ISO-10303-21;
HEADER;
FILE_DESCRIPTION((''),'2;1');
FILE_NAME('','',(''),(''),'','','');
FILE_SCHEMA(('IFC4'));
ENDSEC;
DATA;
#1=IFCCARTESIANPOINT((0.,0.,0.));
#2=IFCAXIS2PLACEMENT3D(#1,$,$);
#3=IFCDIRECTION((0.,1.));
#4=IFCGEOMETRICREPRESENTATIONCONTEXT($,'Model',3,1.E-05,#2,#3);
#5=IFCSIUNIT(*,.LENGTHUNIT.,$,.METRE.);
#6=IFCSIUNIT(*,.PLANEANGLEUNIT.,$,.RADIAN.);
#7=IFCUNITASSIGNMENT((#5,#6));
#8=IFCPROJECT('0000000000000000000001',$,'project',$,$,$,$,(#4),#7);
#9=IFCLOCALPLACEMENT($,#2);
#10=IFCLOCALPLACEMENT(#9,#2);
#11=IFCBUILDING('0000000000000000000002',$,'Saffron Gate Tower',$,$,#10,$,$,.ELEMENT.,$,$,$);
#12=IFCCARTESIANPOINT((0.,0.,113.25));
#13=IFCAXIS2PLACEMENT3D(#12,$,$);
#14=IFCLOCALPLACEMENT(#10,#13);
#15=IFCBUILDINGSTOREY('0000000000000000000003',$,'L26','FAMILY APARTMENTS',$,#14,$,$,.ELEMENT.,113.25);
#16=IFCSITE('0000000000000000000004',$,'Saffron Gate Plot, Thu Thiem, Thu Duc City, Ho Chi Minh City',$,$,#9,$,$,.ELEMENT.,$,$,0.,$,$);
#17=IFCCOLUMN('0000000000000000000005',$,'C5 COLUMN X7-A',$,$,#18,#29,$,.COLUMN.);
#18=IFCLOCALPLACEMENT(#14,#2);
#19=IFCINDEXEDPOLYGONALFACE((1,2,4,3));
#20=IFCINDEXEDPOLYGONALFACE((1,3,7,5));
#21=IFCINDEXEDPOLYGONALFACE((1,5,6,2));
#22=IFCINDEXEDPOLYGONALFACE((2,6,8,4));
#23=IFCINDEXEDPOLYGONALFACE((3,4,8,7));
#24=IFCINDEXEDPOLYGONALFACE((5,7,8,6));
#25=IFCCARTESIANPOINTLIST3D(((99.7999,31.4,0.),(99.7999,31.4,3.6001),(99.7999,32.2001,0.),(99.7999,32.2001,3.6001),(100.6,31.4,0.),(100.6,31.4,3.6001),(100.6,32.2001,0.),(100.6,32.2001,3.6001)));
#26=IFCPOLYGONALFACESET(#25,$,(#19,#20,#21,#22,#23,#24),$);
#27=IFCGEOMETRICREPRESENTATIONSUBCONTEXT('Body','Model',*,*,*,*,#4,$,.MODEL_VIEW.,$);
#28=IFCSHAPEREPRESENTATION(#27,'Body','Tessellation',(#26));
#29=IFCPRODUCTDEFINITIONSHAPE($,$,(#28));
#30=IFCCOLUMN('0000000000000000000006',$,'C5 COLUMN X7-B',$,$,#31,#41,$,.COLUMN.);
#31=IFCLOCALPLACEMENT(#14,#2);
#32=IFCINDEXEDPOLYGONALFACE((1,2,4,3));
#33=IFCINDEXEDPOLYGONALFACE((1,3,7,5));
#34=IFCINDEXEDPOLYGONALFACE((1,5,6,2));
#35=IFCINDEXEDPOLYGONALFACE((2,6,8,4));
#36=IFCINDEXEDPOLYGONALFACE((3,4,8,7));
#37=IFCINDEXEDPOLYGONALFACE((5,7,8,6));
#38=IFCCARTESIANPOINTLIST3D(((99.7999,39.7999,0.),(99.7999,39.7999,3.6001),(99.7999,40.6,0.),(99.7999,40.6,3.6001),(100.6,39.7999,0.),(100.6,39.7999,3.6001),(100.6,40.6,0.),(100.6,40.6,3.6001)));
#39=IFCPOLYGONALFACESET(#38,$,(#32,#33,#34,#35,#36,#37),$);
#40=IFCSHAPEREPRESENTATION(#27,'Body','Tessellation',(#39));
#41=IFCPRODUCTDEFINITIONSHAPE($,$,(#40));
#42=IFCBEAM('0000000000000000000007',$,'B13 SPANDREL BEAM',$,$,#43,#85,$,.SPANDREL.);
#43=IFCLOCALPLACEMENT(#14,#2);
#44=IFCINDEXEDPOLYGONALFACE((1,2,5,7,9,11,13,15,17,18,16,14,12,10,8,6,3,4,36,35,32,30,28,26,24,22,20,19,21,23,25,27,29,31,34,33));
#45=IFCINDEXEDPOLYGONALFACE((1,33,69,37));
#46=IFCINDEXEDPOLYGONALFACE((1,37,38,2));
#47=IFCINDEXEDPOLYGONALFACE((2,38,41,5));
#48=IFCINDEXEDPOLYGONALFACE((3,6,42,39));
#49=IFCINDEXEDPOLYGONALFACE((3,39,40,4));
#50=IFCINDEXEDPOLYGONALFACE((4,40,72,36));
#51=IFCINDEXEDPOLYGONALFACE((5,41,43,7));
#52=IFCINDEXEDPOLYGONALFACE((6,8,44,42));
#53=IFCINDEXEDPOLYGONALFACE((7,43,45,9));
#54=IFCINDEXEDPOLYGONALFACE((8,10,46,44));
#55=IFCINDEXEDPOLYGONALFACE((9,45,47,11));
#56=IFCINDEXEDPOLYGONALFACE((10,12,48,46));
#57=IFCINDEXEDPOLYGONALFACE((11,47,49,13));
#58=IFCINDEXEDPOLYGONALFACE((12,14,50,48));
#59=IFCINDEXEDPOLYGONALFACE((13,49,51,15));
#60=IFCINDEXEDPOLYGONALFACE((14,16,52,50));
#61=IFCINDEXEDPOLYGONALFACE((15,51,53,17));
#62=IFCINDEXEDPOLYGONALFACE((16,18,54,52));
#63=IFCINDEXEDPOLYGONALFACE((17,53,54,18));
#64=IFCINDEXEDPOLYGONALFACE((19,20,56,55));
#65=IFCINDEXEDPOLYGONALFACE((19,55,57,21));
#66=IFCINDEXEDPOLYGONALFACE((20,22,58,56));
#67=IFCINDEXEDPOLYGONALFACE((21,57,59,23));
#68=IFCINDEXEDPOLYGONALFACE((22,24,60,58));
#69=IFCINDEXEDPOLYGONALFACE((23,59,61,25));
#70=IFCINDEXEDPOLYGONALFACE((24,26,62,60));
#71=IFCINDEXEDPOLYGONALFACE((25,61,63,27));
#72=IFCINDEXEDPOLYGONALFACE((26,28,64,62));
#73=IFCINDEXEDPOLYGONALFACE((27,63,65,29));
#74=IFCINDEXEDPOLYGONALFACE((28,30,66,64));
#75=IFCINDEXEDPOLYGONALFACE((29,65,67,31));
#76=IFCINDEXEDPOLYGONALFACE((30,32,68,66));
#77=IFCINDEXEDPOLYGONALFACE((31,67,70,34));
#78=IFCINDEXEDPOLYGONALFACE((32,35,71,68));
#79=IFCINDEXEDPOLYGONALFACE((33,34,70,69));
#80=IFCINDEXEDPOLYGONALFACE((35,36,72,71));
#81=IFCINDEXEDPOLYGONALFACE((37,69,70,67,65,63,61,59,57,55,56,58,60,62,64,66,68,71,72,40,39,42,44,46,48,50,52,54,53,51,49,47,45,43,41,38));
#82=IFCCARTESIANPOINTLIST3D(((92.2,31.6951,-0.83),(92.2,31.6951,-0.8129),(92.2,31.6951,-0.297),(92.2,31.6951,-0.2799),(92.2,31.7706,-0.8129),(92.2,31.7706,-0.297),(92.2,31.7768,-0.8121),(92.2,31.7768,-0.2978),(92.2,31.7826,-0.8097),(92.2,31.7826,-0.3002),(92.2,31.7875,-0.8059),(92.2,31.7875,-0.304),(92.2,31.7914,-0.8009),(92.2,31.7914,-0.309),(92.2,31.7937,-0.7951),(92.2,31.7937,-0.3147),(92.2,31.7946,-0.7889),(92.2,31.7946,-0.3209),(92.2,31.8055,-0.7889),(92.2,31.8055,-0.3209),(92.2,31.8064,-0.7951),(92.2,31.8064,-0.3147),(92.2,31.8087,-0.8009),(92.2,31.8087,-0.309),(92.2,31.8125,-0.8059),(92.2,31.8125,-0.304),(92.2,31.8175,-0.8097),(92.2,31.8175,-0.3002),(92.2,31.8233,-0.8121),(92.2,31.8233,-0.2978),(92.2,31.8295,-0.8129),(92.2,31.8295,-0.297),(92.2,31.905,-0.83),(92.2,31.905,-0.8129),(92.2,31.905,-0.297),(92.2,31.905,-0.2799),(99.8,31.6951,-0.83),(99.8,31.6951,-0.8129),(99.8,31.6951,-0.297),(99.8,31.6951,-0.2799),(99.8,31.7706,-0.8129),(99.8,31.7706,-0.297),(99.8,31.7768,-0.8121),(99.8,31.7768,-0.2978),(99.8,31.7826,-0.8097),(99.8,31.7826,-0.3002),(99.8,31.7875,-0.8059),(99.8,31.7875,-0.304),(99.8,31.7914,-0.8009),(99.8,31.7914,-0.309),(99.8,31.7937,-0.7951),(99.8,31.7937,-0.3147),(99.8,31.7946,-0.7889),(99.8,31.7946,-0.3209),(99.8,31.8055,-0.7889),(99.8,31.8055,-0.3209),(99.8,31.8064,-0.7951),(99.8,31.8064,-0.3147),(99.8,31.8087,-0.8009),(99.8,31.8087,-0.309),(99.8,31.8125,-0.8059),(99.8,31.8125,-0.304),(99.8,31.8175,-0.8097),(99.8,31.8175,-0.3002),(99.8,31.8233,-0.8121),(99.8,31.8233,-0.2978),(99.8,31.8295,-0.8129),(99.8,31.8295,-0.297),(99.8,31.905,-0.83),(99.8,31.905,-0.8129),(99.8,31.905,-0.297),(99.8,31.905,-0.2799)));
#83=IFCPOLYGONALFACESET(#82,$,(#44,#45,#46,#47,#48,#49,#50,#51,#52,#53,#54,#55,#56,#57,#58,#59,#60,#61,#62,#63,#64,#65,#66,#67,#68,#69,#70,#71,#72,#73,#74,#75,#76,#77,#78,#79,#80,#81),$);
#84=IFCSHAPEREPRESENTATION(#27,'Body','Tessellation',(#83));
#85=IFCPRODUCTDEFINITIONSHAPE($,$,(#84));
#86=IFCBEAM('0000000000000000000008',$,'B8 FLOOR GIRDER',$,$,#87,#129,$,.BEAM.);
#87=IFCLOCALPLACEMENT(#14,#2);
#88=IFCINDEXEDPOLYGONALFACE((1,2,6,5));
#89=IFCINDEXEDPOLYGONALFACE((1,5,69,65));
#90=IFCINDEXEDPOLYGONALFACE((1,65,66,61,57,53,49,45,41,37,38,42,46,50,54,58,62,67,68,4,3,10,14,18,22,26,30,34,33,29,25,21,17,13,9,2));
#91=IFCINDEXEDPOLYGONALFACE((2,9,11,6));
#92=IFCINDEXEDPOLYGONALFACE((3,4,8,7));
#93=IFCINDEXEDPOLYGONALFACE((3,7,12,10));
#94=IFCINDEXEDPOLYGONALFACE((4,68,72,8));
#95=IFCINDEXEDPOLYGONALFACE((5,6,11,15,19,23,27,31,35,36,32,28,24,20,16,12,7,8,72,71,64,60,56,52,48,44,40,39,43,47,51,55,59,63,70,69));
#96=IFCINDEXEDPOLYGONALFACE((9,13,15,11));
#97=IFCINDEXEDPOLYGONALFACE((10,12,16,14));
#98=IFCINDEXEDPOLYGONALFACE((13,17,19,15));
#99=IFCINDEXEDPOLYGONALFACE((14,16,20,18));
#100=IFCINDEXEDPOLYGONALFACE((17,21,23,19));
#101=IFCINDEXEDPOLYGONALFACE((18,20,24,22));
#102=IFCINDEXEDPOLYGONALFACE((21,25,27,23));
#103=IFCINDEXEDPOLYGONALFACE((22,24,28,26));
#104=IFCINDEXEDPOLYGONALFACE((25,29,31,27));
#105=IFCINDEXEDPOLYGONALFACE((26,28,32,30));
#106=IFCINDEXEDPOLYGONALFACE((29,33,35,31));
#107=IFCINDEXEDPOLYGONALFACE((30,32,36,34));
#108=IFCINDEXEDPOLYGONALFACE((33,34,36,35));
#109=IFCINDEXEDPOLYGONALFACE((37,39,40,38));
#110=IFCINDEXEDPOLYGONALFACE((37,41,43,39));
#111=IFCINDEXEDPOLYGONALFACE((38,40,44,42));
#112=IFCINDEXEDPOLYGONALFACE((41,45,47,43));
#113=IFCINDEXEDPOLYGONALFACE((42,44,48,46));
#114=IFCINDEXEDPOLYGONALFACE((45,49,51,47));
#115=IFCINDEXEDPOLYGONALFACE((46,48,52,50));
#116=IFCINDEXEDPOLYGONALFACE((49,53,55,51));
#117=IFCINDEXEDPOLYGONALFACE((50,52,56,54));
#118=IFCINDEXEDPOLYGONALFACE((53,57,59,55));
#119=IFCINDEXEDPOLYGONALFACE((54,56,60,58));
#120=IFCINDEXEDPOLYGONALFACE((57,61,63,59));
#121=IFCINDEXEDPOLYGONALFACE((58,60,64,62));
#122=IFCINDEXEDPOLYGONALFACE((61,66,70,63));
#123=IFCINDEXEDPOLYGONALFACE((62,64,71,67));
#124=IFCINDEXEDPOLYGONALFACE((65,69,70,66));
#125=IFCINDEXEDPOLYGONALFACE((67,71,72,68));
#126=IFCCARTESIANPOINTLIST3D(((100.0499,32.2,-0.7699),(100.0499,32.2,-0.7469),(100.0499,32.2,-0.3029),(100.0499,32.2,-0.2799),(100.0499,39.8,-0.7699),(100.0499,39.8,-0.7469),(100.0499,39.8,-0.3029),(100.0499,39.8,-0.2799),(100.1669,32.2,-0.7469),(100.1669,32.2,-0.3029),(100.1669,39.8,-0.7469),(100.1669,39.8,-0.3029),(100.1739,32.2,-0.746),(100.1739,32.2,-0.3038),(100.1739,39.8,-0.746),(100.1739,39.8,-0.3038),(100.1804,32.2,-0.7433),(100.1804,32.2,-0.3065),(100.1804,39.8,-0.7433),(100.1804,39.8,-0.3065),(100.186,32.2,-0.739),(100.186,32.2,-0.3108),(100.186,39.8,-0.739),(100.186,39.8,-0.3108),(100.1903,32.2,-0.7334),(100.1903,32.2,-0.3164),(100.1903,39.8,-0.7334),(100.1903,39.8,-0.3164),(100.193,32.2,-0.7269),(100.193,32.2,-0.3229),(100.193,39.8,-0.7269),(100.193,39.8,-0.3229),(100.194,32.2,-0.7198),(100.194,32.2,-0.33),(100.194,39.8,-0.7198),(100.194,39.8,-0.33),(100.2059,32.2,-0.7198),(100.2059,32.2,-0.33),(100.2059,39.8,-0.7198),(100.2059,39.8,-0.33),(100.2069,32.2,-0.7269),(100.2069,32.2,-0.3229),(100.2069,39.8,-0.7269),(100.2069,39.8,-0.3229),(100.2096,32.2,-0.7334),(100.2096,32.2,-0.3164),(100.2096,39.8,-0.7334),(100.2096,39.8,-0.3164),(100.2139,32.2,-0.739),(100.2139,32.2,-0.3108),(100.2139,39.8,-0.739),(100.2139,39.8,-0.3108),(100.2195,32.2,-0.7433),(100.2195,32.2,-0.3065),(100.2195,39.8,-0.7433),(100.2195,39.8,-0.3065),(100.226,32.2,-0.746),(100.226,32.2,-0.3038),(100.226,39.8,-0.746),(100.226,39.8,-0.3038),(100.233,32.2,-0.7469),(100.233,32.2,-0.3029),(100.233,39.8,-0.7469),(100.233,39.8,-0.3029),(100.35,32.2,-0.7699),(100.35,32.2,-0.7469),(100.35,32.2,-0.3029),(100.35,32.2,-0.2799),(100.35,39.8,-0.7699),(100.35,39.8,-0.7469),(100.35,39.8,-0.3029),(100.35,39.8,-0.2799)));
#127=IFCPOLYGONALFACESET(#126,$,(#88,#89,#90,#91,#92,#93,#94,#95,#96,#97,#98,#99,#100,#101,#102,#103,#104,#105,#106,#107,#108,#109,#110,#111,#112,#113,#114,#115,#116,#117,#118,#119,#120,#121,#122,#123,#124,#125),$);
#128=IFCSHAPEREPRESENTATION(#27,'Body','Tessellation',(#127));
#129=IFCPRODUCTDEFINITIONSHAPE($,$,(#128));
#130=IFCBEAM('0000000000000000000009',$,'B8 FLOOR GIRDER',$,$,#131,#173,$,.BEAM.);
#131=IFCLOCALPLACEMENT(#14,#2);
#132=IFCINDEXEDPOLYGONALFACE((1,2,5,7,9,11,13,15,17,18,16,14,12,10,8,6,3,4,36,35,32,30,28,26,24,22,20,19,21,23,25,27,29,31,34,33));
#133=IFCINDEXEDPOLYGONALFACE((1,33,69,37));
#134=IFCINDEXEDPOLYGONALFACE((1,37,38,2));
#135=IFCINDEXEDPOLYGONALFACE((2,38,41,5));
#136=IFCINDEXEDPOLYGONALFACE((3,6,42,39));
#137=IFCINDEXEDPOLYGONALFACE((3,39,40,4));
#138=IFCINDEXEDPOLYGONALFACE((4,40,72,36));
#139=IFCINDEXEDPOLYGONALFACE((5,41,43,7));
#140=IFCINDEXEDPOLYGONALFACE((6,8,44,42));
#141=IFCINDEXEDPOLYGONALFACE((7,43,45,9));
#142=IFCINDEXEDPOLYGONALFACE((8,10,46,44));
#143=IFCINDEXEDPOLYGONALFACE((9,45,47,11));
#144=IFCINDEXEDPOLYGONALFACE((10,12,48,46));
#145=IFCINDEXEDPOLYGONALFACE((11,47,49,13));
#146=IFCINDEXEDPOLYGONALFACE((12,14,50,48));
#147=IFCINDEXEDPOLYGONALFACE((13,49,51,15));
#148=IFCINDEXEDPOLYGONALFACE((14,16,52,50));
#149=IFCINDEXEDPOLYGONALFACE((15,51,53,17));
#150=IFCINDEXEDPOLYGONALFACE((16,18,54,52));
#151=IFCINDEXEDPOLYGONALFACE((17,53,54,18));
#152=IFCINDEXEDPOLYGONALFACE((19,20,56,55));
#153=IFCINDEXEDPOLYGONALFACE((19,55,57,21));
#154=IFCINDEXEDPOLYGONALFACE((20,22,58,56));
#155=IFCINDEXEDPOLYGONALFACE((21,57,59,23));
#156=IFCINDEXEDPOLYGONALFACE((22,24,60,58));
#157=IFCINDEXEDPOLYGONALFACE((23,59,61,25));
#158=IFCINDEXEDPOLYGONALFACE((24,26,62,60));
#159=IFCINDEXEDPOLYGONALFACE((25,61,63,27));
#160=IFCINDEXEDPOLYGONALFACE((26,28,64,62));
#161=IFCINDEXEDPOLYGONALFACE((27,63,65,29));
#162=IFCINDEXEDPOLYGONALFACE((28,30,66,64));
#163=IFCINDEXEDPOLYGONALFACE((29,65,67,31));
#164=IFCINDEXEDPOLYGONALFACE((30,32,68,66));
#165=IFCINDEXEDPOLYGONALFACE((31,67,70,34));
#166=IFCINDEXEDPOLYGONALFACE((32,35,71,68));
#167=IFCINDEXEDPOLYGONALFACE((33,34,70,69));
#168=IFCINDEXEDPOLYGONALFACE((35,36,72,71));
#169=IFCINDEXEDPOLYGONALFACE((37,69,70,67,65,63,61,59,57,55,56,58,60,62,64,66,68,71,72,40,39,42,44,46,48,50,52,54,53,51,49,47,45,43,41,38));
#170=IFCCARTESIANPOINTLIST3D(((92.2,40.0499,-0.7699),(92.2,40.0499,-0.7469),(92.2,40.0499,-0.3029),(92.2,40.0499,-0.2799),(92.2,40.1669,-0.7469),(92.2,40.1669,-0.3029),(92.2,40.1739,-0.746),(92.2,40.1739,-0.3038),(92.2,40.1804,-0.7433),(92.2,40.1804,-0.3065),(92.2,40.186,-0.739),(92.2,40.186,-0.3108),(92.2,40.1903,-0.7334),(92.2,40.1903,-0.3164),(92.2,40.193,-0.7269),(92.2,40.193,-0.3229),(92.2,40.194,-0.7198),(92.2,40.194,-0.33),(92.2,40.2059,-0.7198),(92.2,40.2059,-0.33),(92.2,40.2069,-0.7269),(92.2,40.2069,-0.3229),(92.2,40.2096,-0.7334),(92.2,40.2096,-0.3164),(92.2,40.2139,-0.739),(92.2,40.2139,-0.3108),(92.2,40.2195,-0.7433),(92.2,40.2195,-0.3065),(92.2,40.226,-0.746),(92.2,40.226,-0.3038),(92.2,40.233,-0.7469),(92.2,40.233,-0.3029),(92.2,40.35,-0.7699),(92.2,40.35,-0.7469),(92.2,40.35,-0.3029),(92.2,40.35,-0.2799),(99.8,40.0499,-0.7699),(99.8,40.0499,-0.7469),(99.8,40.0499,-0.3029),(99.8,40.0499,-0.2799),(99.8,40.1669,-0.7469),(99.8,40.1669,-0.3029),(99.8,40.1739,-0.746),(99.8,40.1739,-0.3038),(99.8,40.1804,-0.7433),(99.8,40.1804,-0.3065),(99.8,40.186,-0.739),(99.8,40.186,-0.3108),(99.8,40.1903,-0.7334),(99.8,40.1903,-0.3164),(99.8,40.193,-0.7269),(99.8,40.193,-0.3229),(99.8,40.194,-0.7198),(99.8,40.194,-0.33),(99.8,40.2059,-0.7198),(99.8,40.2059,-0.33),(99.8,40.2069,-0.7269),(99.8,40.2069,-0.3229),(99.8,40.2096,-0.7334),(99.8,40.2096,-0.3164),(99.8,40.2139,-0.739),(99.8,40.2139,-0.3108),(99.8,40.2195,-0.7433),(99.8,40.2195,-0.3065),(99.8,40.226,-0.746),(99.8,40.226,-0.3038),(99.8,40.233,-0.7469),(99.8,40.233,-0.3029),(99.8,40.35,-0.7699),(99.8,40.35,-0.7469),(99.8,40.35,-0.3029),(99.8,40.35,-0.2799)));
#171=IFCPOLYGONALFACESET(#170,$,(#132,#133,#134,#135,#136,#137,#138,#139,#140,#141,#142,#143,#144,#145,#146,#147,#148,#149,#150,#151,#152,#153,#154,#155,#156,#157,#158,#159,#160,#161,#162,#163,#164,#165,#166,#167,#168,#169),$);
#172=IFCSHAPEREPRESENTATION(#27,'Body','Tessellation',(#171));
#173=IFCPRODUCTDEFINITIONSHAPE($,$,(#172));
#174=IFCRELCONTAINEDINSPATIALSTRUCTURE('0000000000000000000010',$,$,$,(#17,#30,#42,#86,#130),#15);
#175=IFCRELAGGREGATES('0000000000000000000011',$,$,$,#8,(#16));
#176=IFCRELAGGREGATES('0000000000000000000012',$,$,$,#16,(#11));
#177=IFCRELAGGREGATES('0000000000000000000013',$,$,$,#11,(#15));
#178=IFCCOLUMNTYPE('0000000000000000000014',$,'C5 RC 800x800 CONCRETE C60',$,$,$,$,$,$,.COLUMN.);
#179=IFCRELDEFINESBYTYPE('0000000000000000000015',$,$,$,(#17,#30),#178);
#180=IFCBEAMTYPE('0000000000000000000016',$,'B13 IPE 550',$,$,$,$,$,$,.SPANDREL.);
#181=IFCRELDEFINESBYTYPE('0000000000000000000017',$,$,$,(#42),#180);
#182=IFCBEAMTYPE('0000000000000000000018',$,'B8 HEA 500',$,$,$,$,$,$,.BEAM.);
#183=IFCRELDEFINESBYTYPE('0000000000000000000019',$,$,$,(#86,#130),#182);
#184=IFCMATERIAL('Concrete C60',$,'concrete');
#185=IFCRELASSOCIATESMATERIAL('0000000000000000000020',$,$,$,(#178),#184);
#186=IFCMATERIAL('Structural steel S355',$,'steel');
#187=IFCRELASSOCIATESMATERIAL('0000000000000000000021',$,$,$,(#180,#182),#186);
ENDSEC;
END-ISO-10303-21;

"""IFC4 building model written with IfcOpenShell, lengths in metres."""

from ifc_helpers import new_model, si_unit, direction, frame, origin, origin_2d, place, context, subcontext, project, spatial, rectangle, i_section, extrude, material, material_profile, profile_set, type_object, element, save


model = new_model("IFC4")

# Units and contexts
model_context = context("Model", 3, precision=1e-05, world=origin(), true_north=direction((0.0, 1.0)))
body_context = subcontext(model_context, "Body", "Model", "MODEL_VIEW")
ifc_project = project(units=[si_unit("LENGTHUNIT", "METRE"), si_unit("PLANEANGLEUNIT", "RADIAN")], contexts=[model_context])

# Site, building, storey
site_placement = place(None, origin())
site = spatial("IfcSite", under=ifc_project, at=site_placement, Name="Saffron Gate Plot, Thu Thiem, Thu Duc City, Ho Chi Minh City", CompositionType="ELEMENT", RefElevation=0.0)
building_placement = place(site_placement, origin())
building = spatial("IfcBuilding", under=site, at=building_placement, Name="Saffron Gate Tower", CompositionType="ELEMENT")
storey_placement = place(building_placement, frame((0.0, 0.0, 113.25)))
storey = spatial("IfcBuildingStorey", under=building, at=storey_placement, Name="L26", Description="FAMILY APARTMENTS", CompositionType="ELEMENT", Elevation=113.25)

# Columns
ifc_material_1 = material(Name="Concrete C60", Category="concrete")
ifc_material_profile_1 = material_profile(ifc_material_1, rectangle(XDim=0.8, YDim=0.8, at=origin_2d()))
ifc_profile_set_1 = profile_set([ifc_material_profile_1], Name="Concrete C60")
column_type = type_object("IfcColumnType", Name="C5 RC 800x800 CONCRETE C60", PredefinedType="COLUMN", material=ifc_profile_set_1)
for number, where, z_axis, x_axis, name in (
    (1, (100.2, 31.8, 0.0), (0.0, 0.0, 1.0), (1.0, 0.0, 0.0), "C5 COLUMN X7-A"),
    (2, (100.2, 40.2, 0.0), (0.0, 0.0, 1.0), (1.0, 0.0, 0.0), "C5 COLUMN X7-B"),
):
    element("IfcColumn", number, at=place(storey_placement, frame(where, z_axis=z_axis, x_axis=x_axis)), inside=storey, type_object=column_type, Name=name, PredefinedType="COLUMN", context=body_context, shape_type="SweptSolid", body=[
        extrude(rectangle(XDim=0.8, YDim=0.8, at=origin_2d()), origin(), (0.0, 0.0, 1.0), 3.6001),
    ])

# Beams
ifc_material_2 = material(Name="Structural steel S355", Category="steel")
ifc_material_profile_2 = material_profile(ifc_material_2, i_section(OverallWidth=0.21, OverallDepth=0.55, WebThickness=0.011, FlangeThickness=0.0171, FilletRadius=0.0239, at=origin_2d()))
ifc_profile_set_2 = profile_set([ifc_material_profile_2], Name="Structural steel S355")
beam_type_1 = type_object("IfcBeamType", Name="B13 IPE 550", PredefinedType="SPANDREL", material=ifc_profile_set_2)
beam_placement = place(storey_placement, frame((92.2, 31.8, -0.5549), z_axis=(1.0, 0.0, 0.0), x_axis=(0.0, 1.0, 0.0)))
element("IfcBeam", 3, at=beam_placement, inside=storey, type_object=beam_type_1, Name="B13 SPANDREL BEAM", PredefinedType="SPANDREL", context=body_context, shape_type="SweptSolid", body=[
    extrude(i_section(OverallWidth=0.21, OverallDepth=0.55, WebThickness=0.011, FlangeThickness=0.0171, FilletRadius=0.0239, at=origin_2d()), origin(), (0.0, 0.0, 1.0), 7.6001),
])
ifc_material_profile_3 = material_profile(ifc_material_2, i_section(OverallWidth=0.3, OverallDepth=0.49, WebThickness=0.012, FlangeThickness=0.0229, FilletRadius=0.0271, at=origin_2d()))
ifc_profile_set_3 = profile_set([ifc_material_profile_3], Name="Structural steel S355")
beam_type_2 = type_object("IfcBeamType", Name="B8 HEA 500", PredefinedType="BEAM", material=ifc_profile_set_3)
for number, where, z_axis, x_axis, name in (
    (4, (100.2, 32.2, -0.5249), (0.0, 1.0, 0.0), (-1.0, 0.0, 0.0), "B8 FLOOR GIRDER"),
    (5, (92.2, 40.2, -0.5249), (1.0, 0.0, 0.0), (0.0, 1.0, 0.0), "B8 FLOOR GIRDER"),
):
    element("IfcBeam", number, at=place(storey_placement, frame(where, z_axis=z_axis, x_axis=x_axis)), inside=storey, type_object=beam_type_2, Name=name, PredefinedType="BEAM", context=body_context, shape_type="SweptSolid", body=[
        extrude(i_section(OverallWidth=0.3, OverallDepth=0.49, WebThickness=0.012, FlangeThickness=0.0229, FilletRadius=0.0271, at=origin_2d()), origin(), (0.0, 0.0, 1.0), 7.6001),
    ])

save(model, "model.ifc")
